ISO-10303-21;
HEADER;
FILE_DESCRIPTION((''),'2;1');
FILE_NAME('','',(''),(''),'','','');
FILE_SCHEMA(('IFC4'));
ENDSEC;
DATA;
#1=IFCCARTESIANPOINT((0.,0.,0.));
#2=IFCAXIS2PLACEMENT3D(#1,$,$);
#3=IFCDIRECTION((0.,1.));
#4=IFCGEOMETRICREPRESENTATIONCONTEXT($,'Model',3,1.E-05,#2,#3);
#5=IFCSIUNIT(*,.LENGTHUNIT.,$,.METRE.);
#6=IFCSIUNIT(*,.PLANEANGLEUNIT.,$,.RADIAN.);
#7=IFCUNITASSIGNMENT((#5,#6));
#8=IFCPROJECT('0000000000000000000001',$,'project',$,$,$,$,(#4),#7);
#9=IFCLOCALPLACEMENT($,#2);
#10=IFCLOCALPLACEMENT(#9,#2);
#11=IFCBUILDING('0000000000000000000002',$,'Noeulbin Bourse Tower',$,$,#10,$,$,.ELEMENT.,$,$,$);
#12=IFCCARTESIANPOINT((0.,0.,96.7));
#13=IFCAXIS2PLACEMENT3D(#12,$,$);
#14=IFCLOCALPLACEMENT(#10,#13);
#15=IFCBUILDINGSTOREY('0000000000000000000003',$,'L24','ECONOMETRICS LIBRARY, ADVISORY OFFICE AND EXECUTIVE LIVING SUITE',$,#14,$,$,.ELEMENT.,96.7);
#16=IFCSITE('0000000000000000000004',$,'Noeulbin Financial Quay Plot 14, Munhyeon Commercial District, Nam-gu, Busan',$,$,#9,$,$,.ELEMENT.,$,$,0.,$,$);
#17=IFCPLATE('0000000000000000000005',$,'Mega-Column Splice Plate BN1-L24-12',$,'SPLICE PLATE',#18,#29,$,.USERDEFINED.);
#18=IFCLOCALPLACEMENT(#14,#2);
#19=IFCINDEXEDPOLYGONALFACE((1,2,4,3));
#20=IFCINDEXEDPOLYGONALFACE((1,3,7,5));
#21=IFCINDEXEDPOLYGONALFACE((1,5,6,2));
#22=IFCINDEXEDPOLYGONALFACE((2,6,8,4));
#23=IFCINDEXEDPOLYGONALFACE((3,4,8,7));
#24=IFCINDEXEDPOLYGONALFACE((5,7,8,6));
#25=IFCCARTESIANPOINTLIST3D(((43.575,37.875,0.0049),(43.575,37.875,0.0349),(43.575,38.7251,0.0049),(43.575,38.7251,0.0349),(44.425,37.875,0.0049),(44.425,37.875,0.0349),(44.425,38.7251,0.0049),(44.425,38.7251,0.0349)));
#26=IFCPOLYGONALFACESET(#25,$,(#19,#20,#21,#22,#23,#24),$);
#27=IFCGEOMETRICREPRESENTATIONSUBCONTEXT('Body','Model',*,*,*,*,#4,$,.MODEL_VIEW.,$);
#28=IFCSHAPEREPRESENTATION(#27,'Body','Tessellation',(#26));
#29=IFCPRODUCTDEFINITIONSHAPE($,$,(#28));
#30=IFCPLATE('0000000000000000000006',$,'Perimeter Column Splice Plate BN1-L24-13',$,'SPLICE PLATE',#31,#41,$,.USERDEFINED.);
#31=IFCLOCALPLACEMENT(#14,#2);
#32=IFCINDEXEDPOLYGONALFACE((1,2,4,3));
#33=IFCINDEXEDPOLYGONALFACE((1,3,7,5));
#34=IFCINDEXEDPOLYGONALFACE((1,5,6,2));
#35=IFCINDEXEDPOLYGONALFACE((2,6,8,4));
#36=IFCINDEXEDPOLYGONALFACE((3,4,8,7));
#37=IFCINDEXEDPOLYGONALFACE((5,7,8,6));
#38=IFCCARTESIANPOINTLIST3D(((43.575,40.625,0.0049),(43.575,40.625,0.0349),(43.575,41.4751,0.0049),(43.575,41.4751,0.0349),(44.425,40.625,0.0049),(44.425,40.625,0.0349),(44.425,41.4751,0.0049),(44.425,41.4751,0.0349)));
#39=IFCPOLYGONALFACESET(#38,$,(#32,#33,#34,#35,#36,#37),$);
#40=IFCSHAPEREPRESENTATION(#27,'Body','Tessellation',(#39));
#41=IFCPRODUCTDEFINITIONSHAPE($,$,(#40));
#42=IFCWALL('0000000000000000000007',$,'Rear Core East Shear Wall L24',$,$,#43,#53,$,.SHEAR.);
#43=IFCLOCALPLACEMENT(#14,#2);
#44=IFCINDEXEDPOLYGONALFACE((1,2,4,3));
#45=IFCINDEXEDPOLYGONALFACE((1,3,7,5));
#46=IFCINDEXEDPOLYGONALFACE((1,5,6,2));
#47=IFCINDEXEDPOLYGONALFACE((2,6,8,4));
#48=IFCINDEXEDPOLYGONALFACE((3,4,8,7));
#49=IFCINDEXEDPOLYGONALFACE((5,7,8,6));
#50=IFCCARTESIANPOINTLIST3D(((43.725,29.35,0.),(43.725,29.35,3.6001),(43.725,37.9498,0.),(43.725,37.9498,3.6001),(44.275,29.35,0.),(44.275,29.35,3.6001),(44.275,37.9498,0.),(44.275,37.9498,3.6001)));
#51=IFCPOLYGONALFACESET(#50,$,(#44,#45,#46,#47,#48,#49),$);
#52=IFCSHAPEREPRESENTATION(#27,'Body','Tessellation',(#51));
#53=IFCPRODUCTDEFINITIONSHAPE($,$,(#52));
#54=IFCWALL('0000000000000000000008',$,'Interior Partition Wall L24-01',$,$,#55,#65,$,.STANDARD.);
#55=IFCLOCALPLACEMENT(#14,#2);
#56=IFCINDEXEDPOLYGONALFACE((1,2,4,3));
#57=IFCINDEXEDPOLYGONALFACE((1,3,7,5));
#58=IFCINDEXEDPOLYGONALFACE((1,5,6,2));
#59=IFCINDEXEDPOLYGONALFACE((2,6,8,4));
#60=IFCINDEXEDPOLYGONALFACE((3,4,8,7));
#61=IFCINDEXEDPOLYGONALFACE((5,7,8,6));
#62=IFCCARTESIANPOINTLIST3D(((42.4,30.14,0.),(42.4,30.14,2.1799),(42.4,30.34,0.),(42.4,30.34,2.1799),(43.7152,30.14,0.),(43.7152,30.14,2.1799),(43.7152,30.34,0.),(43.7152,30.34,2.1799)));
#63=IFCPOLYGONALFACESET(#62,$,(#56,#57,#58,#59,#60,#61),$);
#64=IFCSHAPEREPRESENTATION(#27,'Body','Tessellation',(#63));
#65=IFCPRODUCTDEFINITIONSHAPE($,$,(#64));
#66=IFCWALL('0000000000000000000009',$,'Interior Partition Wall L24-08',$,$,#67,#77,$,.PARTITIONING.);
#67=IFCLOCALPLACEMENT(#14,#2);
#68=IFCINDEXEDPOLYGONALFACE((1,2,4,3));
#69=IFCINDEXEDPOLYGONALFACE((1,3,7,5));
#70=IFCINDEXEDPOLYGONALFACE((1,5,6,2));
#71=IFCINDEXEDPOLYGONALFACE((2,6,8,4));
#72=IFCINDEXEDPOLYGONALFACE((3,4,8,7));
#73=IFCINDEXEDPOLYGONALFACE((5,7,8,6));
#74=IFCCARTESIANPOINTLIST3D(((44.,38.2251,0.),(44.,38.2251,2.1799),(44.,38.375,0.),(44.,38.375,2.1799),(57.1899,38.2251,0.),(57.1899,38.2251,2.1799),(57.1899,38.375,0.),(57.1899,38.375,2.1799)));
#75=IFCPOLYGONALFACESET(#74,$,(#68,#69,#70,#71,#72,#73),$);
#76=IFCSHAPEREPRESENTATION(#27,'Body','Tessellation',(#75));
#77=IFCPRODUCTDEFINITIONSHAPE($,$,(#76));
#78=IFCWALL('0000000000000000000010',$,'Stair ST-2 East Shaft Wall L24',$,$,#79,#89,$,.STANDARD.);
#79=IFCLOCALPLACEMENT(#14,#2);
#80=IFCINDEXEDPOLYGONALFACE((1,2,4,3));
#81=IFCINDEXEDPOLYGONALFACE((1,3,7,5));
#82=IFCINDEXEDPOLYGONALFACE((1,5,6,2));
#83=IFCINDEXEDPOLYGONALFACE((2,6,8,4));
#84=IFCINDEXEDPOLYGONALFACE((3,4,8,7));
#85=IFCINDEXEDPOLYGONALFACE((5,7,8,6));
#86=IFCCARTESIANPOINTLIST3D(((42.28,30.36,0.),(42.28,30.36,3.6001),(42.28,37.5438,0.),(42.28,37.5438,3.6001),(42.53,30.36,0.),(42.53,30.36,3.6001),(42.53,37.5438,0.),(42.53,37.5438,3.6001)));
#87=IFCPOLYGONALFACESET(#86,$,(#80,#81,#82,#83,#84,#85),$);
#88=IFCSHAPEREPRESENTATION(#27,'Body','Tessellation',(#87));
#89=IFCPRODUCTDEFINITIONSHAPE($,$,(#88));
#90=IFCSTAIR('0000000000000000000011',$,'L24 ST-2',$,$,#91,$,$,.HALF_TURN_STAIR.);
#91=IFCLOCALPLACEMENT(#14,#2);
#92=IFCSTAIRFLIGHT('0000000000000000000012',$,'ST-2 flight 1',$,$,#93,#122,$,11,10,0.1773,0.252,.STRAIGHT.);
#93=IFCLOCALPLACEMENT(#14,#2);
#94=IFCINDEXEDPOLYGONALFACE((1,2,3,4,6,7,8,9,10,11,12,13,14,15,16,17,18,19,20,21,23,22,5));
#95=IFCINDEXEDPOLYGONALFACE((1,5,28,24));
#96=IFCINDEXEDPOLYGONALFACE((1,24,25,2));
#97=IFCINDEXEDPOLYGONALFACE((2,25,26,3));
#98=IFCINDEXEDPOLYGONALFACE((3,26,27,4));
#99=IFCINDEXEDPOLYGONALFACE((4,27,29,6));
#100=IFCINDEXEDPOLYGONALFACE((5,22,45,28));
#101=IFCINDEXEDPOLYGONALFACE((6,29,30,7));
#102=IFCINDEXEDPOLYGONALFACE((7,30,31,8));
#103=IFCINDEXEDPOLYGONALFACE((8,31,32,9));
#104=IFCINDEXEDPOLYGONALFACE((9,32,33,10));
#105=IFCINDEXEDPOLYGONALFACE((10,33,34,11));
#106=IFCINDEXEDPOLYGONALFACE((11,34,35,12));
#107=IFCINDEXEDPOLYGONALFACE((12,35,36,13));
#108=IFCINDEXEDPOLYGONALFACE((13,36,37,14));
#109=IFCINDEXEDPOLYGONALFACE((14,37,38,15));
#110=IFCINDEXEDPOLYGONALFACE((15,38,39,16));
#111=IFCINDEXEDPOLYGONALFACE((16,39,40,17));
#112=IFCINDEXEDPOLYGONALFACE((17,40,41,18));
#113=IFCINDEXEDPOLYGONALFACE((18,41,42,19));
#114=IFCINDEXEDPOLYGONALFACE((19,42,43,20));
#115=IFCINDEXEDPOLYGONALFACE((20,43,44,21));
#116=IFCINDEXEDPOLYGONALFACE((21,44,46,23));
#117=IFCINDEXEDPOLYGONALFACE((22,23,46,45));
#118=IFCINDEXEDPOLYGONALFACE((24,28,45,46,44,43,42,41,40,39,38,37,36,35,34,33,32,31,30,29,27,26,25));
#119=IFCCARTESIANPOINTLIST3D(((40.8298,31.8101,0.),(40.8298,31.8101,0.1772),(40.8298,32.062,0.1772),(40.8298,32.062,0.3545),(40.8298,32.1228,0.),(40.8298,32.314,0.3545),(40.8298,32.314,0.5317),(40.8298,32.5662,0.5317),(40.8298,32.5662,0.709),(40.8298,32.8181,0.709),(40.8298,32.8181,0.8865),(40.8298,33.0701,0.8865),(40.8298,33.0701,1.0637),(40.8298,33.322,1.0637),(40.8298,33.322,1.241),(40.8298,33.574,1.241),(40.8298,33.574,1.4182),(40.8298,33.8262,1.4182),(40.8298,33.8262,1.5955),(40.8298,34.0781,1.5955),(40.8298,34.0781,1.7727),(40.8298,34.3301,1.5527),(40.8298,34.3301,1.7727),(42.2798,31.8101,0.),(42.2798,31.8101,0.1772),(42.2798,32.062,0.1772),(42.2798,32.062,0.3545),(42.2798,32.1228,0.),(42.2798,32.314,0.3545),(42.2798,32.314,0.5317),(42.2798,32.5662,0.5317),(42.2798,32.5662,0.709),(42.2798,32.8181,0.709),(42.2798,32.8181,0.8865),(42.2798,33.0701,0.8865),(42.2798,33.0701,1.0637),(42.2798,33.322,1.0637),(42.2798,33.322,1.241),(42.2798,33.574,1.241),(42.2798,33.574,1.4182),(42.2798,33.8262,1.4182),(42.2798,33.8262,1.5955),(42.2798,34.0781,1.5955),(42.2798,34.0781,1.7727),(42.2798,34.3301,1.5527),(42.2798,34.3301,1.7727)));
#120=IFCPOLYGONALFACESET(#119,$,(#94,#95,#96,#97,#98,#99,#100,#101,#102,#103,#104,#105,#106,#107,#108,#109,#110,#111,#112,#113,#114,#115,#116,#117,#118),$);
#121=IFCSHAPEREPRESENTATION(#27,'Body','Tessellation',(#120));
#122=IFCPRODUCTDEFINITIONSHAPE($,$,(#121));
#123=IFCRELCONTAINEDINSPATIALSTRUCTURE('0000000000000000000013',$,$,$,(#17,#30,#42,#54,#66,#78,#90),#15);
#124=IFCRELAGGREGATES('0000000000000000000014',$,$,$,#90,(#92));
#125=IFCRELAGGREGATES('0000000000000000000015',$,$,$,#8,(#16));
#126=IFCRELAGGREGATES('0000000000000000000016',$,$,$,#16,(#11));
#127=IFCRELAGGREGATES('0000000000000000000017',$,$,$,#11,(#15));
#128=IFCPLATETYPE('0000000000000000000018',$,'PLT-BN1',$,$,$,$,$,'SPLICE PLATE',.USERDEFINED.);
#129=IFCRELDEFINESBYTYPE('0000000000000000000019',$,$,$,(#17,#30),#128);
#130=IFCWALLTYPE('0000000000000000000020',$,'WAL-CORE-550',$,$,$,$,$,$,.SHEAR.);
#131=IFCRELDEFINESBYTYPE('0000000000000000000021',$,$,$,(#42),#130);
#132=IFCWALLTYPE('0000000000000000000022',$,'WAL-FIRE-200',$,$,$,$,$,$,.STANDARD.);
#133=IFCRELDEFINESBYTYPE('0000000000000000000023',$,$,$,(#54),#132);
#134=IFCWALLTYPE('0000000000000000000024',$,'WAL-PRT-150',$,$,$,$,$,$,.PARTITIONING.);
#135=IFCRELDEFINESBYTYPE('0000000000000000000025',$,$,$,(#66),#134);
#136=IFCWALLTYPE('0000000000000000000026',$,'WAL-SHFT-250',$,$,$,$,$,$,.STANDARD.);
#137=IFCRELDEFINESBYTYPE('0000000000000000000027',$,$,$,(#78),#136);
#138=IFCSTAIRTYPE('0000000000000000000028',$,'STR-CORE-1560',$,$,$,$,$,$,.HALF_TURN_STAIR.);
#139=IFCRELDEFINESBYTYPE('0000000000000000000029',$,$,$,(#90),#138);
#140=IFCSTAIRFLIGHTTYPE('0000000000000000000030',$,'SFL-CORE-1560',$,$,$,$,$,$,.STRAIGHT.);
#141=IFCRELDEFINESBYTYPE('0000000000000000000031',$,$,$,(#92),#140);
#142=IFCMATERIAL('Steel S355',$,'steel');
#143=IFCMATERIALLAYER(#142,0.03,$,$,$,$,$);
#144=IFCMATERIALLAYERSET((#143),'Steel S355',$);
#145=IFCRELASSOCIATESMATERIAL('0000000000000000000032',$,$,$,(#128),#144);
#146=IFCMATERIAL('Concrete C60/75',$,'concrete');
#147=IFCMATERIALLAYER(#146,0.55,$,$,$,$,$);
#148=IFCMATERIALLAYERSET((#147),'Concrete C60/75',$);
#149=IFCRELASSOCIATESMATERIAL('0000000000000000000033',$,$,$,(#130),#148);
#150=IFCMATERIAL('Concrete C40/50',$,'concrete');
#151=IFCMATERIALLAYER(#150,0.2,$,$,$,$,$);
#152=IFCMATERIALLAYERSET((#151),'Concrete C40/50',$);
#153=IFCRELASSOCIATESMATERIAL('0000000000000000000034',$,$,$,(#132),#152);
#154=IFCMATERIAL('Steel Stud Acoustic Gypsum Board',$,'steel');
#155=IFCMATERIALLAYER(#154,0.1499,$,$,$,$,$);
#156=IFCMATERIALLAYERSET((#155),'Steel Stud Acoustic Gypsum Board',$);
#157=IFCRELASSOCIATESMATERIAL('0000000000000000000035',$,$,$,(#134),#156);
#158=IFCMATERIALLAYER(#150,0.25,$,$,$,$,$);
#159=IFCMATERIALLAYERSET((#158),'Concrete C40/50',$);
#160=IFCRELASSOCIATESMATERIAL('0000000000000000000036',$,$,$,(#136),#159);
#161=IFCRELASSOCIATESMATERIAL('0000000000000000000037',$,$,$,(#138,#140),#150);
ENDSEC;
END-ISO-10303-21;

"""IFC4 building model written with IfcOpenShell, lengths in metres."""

from ifc_helpers import new_model, si_unit, direction, frame, frame_2d, origin, origin_2d, place, context, subcontext, project, spatial, polyline, rectangle, outline, extrude, material, layer, layer_set, type_object, element, aggregate, save


model = new_model("IFC4")

# Units and contexts
model_context = context("Model", 3, precision=1e-05, world=origin(), true_north=direction((0.0, 1.0)))
body_context = subcontext(model_context, "Body", "Model", "MODEL_VIEW")
ifc_project = project(units=[si_unit("LENGTHUNIT", "METRE"), si_unit("PLANEANGLEUNIT", "RADIAN")], contexts=[model_context])

# Site, building, storey
site_placement = place(None, origin())
site = spatial("IfcSite", under=ifc_project, at=site_placement, Name="Noeulbin Financial Quay Plot 14, Munhyeon Commercial District, Nam-gu, Busan", CompositionType="ELEMENT", RefElevation=0.0)
building_placement = place(site_placement, origin())
building = spatial("IfcBuilding", under=site, at=building_placement, Name="Noeulbin Bourse Tower", CompositionType="ELEMENT")
storey_placement = place(building_placement, frame((0.0, 0.0, 96.7)))
storey = spatial("IfcBuildingStorey", under=building, at=storey_placement, Name="L24", Description="ECONOMETRICS LIBRARY, ADVISORY OFFICE AND EXECUTIVE LIVING SUITE", CompositionType="ELEMENT", Elevation=96.7)

# Shared definitions
ifc_material_1 = material(Name="Steel S355", Category="steel")

# Plates
ifc_layer_1 = layer(ifc_material_1, 0.03)
ifc_layer_set_1 = layer_set([ifc_layer_1], Name="Steel S355")
plate_type_1 = type_object("IfcPlateType", Name="PLT-BN1", ElementType="SPLICE PLATE", PredefinedType="USERDEFINED", material=ifc_layer_set_1)
for number, where, z_axis, x_axis, name in (
    (1, (44.0, 38.3, 0.0049), (0.0, 0.0, 1.0), (1.0, 0.0, 0.0), "Mega-Column Splice Plate BN1-L24-12"),
    (2, (44.0, 41.05, 0.0049), (0.0, 0.0, 1.0), (1.0, 0.0, 0.0), "Perimeter Column Splice Plate BN1-L24-13"),
):
    element("IfcPlate", number, at=place(storey_placement, frame(where, z_axis=z_axis, x_axis=x_axis)), inside=storey, type_object=plate_type_1, Name=name, ObjectType="SPLICE PLATE", PredefinedType="USERDEFINED", context=body_context, shape_type="SweptSolid", body=[
        extrude(rectangle(XDim=0.8501, YDim=0.8501, at=origin_2d()), origin(), (0.0, 0.0, 1.0), 0.03),
    ])

# Walls
ifc_material_2 = material(Name="Concrete C60/75", Category="concrete")
ifc_layer_2 = layer(ifc_material_2, 0.55)
ifc_layer_set_2 = layer_set([ifc_layer_2], Name="Concrete C60/75")
wall_type_1 = type_object("IfcWallType", Name="WAL-CORE-550", PredefinedType="SHEAR", material=ifc_layer_set_2)
wall_1_placement = place(storey_placement, frame((44.0, 29.3501, 0.0), z_axis=(0.0, 0.0, 1.0), x_axis=(0.0, 1.0, 0.0)))
element("IfcWall", 3, at=wall_1_placement, inside=storey, type_object=wall_type_1, Name="Rear Core East Shear Wall L24", PredefinedType="SHEAR", context=body_context, shape_type="SweptSolid", body=[
    extrude(rectangle(XDim=8.5999, YDim=0.55, at=frame_2d((4.2998, 0.0))), origin(), (0.0, 0.0, 1.0), 3.6001),
])
ifc_material_3 = material(Name="Concrete C40/50", Category="concrete")
ifc_layer_3 = layer(ifc_material_3, 0.2)
ifc_layer_set_3 = layer_set([ifc_layer_3], Name="Concrete C40/50")
wall_type_2 = type_object("IfcWallType", Name="WAL-FIRE-200", PredefinedType="STANDARD", material=ifc_layer_set_3)
wall_2_placement = place(storey_placement, frame((42.3999, 30.24, 0.0), z_axis=(0.0, 0.0, 1.0), x_axis=(1.0, 0.0, 0.0)))
element("IfcWall", 4, at=wall_2_placement, inside=storey, type_object=wall_type_2, Name="Interior Partition Wall L24-01", PredefinedType="STANDARD", context=body_context, shape_type="SweptSolid", body=[
    extrude(rectangle(XDim=1.3152, YDim=0.2, at=frame_2d((0.6577, 0.0))), origin(), (0.0, 0.0, 1.0), 2.1799),
])
ifc_material_4 = material(Name="Steel Stud Acoustic Gypsum Board", Category="steel")
ifc_layer_4 = layer(ifc_material_4, 0.1499)
ifc_layer_set_4 = layer_set([ifc_layer_4], Name="Steel Stud Acoustic Gypsum Board")
wall_type_3 = type_object("IfcWallType", Name="WAL-PRT-150", PredefinedType="PARTITIONING", material=ifc_layer_set_4)
wall_3_placement = place(storey_placement, frame((44.0, 38.3, 0.0), z_axis=(0.0, 0.0, 1.0), x_axis=(1.0, 0.0, 0.0)))
element("IfcWall", 5, at=wall_3_placement, inside=storey, type_object=wall_type_3, Name="Interior Partition Wall L24-08", PredefinedType="PARTITIONING", context=body_context, shape_type="SweptSolid", body=[
    extrude(rectangle(XDim=13.1899, YDim=0.1499, at=frame_2d((6.595, 0.0))), origin(), (0.0, 0.0, 1.0), 2.1799),
])
ifc_layer_5 = layer(ifc_material_3, 0.25)
ifc_layer_set_5 = layer_set([ifc_layer_5], Name="Concrete C40/50")
wall_type_4 = type_object("IfcWallType", Name="WAL-SHFT-250", PredefinedType="STANDARD", material=ifc_layer_set_5)
wall_4_placement = place(storey_placement, frame((42.405, 30.3601, 0.0), z_axis=(0.0, 0.0, 1.0), x_axis=(0.0, 1.0, 0.0)))
element("IfcWall", 6, at=wall_4_placement, inside=storey, type_object=wall_type_4, Name="Stair ST-2 East Shaft Wall L24", PredefinedType="STANDARD", context=body_context, shape_type="SweptSolid", body=[
    extrude(rectangle(XDim=7.1838, YDim=0.25, at=frame_2d((3.5918, 0.0))), origin(), (0.0, 0.0, 1.0), 3.6001),
])

# Stair, stair flight
stair_type = type_object("IfcStairType", Name="STR-CORE-1560", PredefinedType="HALF_TURN_STAIR", material=ifc_material_3)
stair_placement = place(storey_placement, origin())
stair = element("IfcStair", 7, at=stair_placement, inside=storey, type_object=stair_type, Name="L24 ST-2", PredefinedType="HALF_TURN_STAIR")
stair_flight_type = type_object("IfcStairFlightType", Name="SFL-CORE-1560", PredefinedType="STRAIGHT", material=ifc_material_3)
stair_flight_placement = place(storey_placement, frame((41.5549, 31.8101, 0.0), z_axis=(0.0, 0.0, 1.0), x_axis=(0.0, 1.0, 0.0)))
stair_flight = element("IfcStairFlight", 8, at=stair_flight_placement, type_object=stair_flight_type, Name="ST-2 flight 1", NumberOfRisers=11, NumberOfTreads=10, PredefinedType="STRAIGHT", RiserHeight=0.1773, TreadLength=0.252, context=body_context, shape_type="SweptSolid", body=[
    extrude(outline(polyline([(0.0, 0.0), (0.0, 0.1772), (0.252, 0.1772), (0.252, 0.3545), (0.5039, 0.3545), (0.5039, 0.5317), (0.7561, 0.5317), (0.7561, 0.709), (1.0081, 0.709), (1.0081, 0.8865), (1.26, 0.8865), (1.26, 1.0637), (1.512, 1.0637), (1.512, 1.241), (1.7639, 1.241), (1.7639, 1.4182), (2.0161, 1.4182), (2.0161, 1.5955), (2.2681, 1.5955), (2.2681, 1.7727), (2.52, 1.7727), (2.52, 1.95), (2.52, 1.5527), (0.3127, 0.0), (0.0, 0.0)])), frame((0.0, 0.7251, 0.0), z_axis=(0.0, -1.0, 0.0), x_axis=(1.0, 0.0, 0.0)), (0.0, 0.0, 1.0), 1.45),
])
aggregate(stair, [stair_flight])

save(model, "model.ifc")
